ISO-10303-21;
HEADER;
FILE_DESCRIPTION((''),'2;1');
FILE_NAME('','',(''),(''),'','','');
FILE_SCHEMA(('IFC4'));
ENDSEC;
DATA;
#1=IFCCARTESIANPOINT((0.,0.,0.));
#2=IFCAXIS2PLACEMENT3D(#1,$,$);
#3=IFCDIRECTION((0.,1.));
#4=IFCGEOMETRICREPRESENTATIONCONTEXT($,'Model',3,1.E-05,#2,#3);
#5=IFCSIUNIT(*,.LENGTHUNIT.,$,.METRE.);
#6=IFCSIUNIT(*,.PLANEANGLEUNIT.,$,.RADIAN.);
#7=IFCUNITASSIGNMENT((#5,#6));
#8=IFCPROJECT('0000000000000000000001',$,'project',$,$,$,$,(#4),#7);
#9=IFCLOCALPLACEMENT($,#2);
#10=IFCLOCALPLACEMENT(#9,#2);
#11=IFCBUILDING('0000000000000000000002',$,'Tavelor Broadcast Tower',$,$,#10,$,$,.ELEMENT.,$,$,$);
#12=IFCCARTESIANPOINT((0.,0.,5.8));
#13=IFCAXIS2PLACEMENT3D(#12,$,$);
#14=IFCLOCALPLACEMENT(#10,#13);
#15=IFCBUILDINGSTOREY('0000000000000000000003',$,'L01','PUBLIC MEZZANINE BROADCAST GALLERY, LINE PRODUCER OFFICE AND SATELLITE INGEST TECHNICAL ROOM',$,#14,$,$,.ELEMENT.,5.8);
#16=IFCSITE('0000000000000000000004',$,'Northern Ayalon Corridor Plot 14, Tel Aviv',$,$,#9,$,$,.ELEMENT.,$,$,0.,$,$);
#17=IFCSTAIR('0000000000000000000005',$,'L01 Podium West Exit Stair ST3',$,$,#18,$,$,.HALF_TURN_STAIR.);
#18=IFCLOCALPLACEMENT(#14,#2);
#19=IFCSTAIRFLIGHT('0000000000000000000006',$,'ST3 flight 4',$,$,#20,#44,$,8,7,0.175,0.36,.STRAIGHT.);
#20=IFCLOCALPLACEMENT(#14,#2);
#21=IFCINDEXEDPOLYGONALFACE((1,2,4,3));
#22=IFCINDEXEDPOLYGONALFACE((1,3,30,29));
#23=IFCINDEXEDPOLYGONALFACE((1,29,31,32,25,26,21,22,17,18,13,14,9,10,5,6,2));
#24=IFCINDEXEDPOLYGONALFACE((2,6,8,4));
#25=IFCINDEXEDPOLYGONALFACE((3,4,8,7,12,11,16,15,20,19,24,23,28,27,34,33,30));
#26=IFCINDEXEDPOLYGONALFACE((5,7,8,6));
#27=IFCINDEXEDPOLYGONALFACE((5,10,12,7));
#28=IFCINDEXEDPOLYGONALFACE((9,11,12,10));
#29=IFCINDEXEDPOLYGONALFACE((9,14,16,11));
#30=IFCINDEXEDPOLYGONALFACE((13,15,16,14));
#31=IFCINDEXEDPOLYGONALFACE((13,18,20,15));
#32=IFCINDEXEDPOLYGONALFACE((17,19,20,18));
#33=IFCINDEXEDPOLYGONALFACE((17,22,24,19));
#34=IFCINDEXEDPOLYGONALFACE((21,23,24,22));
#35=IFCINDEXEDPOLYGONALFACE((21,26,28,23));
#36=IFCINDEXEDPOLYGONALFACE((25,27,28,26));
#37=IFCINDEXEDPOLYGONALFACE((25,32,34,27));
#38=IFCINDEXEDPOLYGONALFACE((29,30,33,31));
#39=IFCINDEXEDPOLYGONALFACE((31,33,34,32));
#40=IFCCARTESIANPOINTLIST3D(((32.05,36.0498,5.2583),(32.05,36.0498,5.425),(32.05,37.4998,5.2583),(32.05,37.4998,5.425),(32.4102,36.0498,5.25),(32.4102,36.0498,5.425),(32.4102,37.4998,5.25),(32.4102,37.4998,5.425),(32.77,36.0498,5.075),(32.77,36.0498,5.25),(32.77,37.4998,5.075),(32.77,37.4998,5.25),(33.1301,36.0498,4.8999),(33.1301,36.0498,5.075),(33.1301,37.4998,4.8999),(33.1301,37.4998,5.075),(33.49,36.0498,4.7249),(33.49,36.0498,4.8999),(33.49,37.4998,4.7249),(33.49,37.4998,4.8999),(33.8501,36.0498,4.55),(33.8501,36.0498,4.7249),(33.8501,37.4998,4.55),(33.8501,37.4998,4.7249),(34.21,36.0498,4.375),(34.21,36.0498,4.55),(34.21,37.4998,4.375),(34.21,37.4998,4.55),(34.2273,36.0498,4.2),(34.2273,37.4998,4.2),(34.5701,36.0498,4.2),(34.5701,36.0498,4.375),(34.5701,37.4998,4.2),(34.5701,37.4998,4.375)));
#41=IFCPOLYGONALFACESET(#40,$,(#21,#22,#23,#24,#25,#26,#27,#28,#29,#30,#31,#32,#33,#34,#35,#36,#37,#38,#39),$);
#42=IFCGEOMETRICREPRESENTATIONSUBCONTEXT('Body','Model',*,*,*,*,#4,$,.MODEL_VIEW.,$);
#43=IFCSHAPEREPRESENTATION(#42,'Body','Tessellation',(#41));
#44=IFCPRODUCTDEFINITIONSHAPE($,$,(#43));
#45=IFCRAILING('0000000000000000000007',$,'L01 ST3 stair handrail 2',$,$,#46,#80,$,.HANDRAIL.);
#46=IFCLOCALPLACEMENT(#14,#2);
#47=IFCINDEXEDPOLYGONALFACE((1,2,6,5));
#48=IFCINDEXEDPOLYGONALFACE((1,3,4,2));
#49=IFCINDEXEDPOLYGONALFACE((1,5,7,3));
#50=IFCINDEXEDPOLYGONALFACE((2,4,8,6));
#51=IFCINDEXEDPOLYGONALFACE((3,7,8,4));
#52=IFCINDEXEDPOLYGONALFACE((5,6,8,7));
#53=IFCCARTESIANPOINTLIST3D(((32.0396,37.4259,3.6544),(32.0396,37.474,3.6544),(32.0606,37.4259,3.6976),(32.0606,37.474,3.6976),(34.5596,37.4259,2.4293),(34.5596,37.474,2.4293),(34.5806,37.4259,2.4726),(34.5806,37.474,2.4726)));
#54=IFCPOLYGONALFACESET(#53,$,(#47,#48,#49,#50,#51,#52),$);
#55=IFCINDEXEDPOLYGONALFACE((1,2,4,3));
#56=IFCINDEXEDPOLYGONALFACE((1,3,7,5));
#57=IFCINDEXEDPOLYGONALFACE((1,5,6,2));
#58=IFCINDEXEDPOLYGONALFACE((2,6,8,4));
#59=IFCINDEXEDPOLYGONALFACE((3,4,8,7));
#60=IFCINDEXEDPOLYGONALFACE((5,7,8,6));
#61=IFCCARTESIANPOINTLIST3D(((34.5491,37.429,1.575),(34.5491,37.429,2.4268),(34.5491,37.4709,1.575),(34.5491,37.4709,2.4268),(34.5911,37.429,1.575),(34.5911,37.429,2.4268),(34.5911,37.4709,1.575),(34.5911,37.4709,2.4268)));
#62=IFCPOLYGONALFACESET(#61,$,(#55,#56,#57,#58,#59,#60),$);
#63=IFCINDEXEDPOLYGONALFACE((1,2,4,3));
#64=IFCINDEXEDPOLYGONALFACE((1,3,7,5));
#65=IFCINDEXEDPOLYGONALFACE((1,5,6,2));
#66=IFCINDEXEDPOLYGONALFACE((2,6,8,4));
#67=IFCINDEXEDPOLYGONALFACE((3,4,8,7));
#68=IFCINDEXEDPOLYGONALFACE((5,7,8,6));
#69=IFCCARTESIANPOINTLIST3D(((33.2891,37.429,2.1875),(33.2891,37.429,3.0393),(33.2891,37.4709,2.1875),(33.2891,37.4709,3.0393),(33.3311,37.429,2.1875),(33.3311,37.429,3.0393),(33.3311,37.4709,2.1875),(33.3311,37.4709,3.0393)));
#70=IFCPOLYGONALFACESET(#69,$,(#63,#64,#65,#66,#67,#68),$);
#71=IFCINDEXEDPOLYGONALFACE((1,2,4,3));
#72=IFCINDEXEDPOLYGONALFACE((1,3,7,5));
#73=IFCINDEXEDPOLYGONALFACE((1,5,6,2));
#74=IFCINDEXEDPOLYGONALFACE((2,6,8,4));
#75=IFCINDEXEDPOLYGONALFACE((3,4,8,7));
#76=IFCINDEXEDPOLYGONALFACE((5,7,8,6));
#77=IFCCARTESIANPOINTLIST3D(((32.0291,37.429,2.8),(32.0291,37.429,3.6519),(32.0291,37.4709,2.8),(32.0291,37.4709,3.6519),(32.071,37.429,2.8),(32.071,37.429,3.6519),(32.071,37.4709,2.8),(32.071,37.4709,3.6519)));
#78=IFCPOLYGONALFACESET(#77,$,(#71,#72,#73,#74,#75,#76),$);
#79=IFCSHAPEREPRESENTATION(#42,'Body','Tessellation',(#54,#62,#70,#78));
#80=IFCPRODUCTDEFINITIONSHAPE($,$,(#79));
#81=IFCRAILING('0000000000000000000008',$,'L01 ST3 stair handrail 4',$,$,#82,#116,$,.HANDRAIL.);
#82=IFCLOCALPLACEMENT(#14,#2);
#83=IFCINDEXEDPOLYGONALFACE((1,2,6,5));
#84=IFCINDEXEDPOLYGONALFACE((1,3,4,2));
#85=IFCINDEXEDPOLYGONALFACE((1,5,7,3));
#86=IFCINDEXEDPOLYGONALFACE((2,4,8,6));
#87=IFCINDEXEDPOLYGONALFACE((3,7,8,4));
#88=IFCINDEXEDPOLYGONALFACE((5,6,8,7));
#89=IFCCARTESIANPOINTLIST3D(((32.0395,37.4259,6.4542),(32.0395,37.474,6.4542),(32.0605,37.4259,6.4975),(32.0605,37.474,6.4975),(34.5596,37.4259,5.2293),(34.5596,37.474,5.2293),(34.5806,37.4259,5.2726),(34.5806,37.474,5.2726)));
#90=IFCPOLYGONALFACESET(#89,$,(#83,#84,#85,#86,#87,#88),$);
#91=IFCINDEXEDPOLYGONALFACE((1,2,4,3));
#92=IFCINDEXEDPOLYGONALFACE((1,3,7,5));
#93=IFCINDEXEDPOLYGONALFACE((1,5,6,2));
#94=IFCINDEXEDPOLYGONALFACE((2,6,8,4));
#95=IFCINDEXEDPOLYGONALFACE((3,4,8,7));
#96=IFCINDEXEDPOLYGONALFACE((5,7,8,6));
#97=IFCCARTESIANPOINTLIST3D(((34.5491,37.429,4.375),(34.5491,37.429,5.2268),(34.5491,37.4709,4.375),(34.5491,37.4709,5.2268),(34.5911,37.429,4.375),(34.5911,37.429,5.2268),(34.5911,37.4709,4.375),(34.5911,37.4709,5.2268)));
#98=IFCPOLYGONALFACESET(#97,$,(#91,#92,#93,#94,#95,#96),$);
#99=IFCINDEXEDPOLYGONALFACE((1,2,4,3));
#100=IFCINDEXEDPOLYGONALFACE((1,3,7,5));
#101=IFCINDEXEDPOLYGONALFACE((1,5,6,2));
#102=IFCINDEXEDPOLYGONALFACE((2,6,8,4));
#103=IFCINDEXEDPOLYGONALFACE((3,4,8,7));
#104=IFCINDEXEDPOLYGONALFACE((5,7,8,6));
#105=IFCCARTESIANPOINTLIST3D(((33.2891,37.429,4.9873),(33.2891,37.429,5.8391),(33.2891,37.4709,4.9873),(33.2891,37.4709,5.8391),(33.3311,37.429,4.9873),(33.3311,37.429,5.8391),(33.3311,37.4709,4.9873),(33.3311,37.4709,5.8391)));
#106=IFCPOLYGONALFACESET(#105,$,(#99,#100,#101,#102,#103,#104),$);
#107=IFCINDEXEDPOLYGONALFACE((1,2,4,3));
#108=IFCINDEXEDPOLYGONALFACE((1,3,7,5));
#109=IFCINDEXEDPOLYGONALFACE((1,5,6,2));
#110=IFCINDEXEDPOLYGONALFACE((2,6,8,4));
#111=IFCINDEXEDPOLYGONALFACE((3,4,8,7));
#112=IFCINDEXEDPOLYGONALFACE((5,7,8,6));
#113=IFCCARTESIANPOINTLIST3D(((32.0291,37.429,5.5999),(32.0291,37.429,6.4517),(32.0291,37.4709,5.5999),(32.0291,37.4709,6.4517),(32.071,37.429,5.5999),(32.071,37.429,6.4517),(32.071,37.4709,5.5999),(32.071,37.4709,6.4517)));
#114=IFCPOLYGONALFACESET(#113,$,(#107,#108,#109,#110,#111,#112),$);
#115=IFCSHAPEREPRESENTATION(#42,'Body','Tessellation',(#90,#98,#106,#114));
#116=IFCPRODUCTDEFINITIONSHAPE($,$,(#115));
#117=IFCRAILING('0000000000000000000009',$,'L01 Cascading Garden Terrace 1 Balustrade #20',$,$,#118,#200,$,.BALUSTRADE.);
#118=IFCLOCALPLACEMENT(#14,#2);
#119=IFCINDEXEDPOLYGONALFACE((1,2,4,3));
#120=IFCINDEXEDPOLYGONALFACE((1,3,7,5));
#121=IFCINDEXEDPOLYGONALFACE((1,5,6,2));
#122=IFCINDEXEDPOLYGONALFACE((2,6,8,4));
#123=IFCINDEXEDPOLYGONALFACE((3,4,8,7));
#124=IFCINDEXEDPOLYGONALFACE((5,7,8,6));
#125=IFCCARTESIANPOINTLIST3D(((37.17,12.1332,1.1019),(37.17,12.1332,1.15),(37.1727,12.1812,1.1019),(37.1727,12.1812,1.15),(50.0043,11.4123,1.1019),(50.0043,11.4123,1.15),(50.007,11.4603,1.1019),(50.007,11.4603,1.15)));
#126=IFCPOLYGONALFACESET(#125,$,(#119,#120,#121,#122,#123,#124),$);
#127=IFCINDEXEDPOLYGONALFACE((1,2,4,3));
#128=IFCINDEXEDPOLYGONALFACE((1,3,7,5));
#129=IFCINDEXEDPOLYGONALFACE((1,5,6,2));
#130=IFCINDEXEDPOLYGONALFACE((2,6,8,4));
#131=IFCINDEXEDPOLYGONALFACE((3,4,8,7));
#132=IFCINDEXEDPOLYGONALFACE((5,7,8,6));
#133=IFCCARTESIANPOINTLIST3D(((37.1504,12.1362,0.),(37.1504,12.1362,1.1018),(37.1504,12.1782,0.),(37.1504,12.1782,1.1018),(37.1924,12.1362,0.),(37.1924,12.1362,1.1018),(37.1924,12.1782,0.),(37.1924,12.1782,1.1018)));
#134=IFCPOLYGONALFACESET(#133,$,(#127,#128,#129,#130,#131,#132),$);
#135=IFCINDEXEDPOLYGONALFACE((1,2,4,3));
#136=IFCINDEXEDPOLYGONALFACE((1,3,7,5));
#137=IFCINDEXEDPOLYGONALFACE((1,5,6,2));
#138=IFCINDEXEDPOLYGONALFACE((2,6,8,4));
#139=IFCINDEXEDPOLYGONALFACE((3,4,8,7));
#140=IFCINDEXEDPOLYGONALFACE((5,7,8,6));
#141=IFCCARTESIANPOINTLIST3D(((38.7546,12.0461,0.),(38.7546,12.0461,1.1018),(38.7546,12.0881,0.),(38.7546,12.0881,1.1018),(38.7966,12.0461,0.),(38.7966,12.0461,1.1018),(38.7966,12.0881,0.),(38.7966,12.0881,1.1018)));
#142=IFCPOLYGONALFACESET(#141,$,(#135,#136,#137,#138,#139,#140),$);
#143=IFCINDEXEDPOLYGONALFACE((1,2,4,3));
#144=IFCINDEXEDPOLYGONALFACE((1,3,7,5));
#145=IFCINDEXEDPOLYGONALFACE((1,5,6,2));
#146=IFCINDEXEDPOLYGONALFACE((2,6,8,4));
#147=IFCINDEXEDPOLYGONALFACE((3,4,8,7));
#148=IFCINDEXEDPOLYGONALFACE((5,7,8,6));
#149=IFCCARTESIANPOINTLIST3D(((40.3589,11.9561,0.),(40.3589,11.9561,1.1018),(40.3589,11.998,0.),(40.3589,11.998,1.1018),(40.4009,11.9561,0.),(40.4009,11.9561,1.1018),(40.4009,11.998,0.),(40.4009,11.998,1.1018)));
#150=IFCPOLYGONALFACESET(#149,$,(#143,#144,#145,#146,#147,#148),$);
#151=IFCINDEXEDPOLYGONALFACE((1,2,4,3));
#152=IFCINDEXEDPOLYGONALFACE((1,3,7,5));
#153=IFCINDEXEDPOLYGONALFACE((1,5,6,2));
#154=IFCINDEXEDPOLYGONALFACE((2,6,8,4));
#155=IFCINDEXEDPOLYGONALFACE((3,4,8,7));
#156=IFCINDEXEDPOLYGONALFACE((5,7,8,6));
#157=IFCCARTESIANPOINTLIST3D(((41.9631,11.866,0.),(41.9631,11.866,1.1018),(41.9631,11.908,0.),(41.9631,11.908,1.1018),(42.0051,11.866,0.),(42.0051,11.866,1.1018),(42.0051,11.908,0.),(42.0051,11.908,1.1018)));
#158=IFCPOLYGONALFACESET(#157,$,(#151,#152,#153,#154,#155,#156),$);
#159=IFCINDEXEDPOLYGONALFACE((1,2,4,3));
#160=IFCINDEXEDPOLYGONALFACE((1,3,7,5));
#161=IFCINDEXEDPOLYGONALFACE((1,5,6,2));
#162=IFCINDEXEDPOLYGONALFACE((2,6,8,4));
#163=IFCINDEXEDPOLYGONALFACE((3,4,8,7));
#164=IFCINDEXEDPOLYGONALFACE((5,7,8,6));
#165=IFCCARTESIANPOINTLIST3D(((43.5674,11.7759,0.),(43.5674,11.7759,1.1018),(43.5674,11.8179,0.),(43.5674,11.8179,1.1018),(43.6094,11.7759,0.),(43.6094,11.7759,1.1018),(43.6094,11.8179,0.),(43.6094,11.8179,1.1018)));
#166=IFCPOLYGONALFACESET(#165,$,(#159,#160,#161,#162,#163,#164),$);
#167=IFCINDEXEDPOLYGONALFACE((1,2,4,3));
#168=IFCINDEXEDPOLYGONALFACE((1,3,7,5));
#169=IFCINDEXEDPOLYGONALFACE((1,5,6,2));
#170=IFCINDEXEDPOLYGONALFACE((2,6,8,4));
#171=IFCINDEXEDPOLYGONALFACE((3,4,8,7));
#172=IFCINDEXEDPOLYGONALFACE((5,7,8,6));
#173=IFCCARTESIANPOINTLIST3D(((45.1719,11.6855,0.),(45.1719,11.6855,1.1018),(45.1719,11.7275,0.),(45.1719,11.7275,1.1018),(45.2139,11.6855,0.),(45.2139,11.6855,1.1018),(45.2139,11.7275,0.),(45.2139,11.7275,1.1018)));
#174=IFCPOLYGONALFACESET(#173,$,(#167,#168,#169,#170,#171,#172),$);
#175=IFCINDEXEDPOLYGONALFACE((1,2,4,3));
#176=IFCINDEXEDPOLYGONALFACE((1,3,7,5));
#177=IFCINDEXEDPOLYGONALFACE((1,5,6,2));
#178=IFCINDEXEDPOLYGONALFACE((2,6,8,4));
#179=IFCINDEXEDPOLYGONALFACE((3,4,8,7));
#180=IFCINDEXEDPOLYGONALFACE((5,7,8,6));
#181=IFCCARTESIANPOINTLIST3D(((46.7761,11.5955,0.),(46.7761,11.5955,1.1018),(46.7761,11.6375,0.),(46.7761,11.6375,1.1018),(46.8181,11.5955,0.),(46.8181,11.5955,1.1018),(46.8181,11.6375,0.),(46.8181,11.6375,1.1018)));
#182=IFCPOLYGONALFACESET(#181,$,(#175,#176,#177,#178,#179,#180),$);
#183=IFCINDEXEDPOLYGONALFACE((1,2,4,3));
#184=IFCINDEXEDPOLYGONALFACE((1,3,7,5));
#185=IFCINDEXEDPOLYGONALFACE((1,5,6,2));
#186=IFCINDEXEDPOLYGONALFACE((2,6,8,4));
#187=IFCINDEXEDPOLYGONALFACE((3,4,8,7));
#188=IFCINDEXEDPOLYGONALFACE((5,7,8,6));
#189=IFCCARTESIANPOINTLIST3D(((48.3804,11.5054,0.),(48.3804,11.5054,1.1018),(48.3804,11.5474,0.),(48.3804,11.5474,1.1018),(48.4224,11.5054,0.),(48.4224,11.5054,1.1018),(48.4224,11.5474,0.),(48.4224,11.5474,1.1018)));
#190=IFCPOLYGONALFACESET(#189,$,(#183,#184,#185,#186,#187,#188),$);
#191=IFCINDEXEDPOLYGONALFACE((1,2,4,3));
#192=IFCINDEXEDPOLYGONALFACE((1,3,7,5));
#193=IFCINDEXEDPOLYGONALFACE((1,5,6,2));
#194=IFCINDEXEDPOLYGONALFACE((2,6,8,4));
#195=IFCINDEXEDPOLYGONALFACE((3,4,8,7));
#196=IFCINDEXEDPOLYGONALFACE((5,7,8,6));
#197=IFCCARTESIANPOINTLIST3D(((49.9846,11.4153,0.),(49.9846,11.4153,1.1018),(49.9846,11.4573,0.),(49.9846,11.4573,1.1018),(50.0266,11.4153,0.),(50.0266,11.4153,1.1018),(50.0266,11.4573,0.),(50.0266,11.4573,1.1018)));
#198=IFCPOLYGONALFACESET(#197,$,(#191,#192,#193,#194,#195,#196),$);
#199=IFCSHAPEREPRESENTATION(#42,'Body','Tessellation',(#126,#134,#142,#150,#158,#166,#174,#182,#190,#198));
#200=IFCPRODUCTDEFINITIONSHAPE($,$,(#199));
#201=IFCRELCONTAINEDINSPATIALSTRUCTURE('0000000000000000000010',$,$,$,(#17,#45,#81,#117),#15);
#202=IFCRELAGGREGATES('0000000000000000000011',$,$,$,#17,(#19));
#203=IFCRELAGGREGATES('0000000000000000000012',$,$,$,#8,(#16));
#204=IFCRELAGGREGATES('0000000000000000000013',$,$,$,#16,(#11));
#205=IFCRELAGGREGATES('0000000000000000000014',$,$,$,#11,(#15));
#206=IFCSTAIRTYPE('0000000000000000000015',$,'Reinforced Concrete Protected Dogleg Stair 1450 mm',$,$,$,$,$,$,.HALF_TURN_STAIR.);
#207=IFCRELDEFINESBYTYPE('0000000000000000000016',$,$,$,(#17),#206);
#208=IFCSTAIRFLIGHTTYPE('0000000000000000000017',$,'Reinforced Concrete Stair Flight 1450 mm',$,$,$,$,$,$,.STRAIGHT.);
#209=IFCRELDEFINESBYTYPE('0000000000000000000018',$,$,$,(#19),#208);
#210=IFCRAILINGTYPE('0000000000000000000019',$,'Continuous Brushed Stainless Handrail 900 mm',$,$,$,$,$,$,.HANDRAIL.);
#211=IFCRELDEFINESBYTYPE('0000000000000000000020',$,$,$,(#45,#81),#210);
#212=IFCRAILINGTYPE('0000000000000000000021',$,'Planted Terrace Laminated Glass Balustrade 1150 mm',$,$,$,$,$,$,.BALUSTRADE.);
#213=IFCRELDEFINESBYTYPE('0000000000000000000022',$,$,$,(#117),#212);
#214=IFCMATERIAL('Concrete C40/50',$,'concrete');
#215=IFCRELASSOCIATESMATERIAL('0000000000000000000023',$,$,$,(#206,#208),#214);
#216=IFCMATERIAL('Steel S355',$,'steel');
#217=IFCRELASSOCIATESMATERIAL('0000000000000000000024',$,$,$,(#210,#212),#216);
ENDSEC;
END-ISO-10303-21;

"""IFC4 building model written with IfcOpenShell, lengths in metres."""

from ifc_helpers import new_model, si_unit, direction, frame, origin, origin_2d, place, context, subcontext, project, spatial, polyline, rectangle, outline, extrude, material, type_object, element, aggregate, save


model = new_model("IFC4")

# Units and contexts
model_context = context("Model", 3, precision=1e-05, world=origin(), true_north=direction((0.0, 1.0)))
body_context = subcontext(model_context, "Body", "Model", "MODEL_VIEW")
ifc_project = project(units=[si_unit("LENGTHUNIT", "METRE"), si_unit("PLANEANGLEUNIT", "RADIAN")], contexts=[model_context])

# Site, building, storey
site_placement = place(None, origin())
site = spatial("IfcSite", under=ifc_project, at=site_placement, Name="Northern Ayalon Corridor Plot 14, Tel Aviv", CompositionType="ELEMENT", RefElevation=0.0)
building_placement = place(site_placement, origin())
building = spatial("IfcBuilding", under=site, at=building_placement, Name="Tavelor Broadcast Tower", CompositionType="ELEMENT")
storey_placement = place(building_placement, frame((0.0, 0.0, 5.8)))
storey = spatial("IfcBuildingStorey", under=building, at=storey_placement, Name="L01", Description="PUBLIC MEZZANINE BROADCAST GALLERY, LINE PRODUCER OFFICE AND SATELLITE INGEST TECHNICAL ROOM", CompositionType="ELEMENT", Elevation=5.8)

# Shared definitions
ifc_material_1 = material(Name="Steel S355", Category="steel")

# Shared definitions
ifc_material_2 = material(Name="Concrete C40/50", Category="concrete")

# Stair, stair flight
stair_type = type_object("IfcStairType", Name="Reinforced Concrete Protected Dogleg Stair 1450 mm", PredefinedType="HALF_TURN_STAIR", material=ifc_material_2)
stair_placement = place(storey_placement, origin())
stair = element("IfcStair", 1, at=stair_placement, inside=storey, type_object=stair_type, Name="L01 Podium West Exit Stair ST3", PredefinedType="HALF_TURN_STAIR")
stair_flight_type = type_object("IfcStairFlightType", Name="Reinforced Concrete Stair Flight 1450 mm", PredefinedType="STRAIGHT", material=ifc_material_2)
stair_flight_1_placement = place(storey_placement, frame((34.5701, 36.7749, 4.2), z_axis=(0.0, 0.0, 1.0), x_axis=(-1.0, 0.0, 0.0)))
stair_flight_1 = element("IfcStairFlight", 2, at=stair_flight_1_placement, type_object=stair_flight_type, Name="ST3 flight 4", NumberOfRisers=8, NumberOfTreads=7, PredefinedType="STRAIGHT", RiserHeight=0.175, TreadLength=0.36, context=body_context, shape_type="SweptSolid", body=[
    extrude(outline(polyline([(0.0, 0.0), (0.0, 0.175), (0.3601, 0.175), (0.3601, 0.3501), (0.72, 0.3501), (0.72, 0.5249), (1.0801, 0.5249), (1.0801, 0.7), (1.4399, 0.7), (1.4399, 0.875), (1.8, 0.875), (1.8, 1.05), (2.1599, 1.05), (2.1599, 1.2251), (2.52, 1.2251), (2.52, 1.3999), (2.52, 1.0583), (0.3428, 0.0), (0.0, 0.0)])), frame((0.0, 0.7251, 0.0), z_axis=(0.0, -1.0, 0.0), x_axis=(1.0, 0.0, 0.0)), (0.0, 0.0, 1.0), 1.45),
])
aggregate(stair, [stair_flight_1])

# Railings
railing_type_1 = type_object("IfcRailingType", Name="Continuous Brushed Stainless Handrail 900 mm", PredefinedType="HANDRAIL", material=ifc_material_1)
railing_1_placement = place(storey_placement, frame((34.5701, 37.45, 1.575)))
element("IfcRailing", 3, at=railing_1_placement, inside=storey, type_object=railing_type_1, Name="L01 ST3 stair handrail 2", PredefinedType="HANDRAIL", context=body_context, shape_type="SweptSolid", body=[
    extrude(rectangle(XDim=0.0481, YDim=0.0481, at=origin_2d()), frame((0.0, 0.0, 0.876), z_axis=(-0.899355, 0.0, 0.437218), x_axis=(0.0, -1.0, 0.0)), (0.0, 0.0, 1.0), 2.802),
    extrude(rectangle(XDim=0.042, YDim=0.042, at=origin_2d()), origin(), (0.0, 0.0, 1.0), 0.8518),
    extrude(rectangle(XDim=0.042, YDim=0.042, at=origin_2d()), frame((-1.26, 0.0, 0.6125)), (0.0, 0.0, 1.0), 0.8518),
    extrude(rectangle(XDim=0.042, YDim=0.042, at=origin_2d()), frame((-2.52, 0.0, 1.2251)), (0.0, 0.0, 1.0), 0.8518),
])
railing_2_placement = place(storey_placement, frame((34.5701, 37.45, 4.375)))
element("IfcRailing", 4, at=railing_2_placement, inside=storey, type_object=railing_type_1, Name="L01 ST3 stair handrail 4", PredefinedType="HANDRAIL", context=body_context, shape_type="SweptSolid", body=[
    extrude(rectangle(XDim=0.0481, YDim=0.0481, at=origin_2d()), frame((0.0, 0.0, 0.876), z_axis=(-0.89939, 0.0, 0.437148), x_axis=(0.0, -1.0, 0.0)), (0.0, 0.0, 1.0), 2.802),
    extrude(rectangle(XDim=0.042, YDim=0.042, at=origin_2d()), origin(), (0.0, 0.0, 1.0), 0.8518),
    extrude(rectangle(XDim=0.042, YDim=0.042, at=origin_2d()), frame((-1.26, 0.0, 0.6123)), (0.0, 0.0, 1.0), 0.8518),
    extrude(rectangle(XDim=0.042, YDim=0.042, at=origin_2d()), frame((-2.52, 0.0, 1.2249)), (0.0, 0.0, 1.0), 0.8518),
])
railing_type_2 = type_object("IfcRailingType", Name="Planted Terrace Laminated Glass Balustrade 1150 mm", PredefinedType="BALUSTRADE", material=ifc_material_1)
railing_3_placement = place(storey_placement, frame((37.1714, 12.1572, 0.0)))
element("IfcRailing", 5, at=railing_3_placement, inside=storey, type_object=railing_type_2, Name="L01 Cascading Garden Terrace 1 Balustrade #20", PredefinedType="BALUSTRADE", context=body_context, shape_type="SweptSolid", body=[
    extrude(rectangle(XDim=0.0481, YDim=0.0481, at=origin_2d()), frame((0.0, 0.0, 1.126), z_axis=(0.998426, -0.056085, 0.0), x_axis=(0.056085, 0.998426, 0.0)), (0.0, 0.0, 1.0), 12.8545),
    extrude(rectangle(XDim=0.042, YDim=0.042, at=origin_2d()), origin(), (0.0, 0.0, 1.0), 1.1018),
    extrude(rectangle(XDim=0.042, YDim=0.042, at=origin_2d()), frame((1.6042, -0.0901, 0.0)), (0.0, 0.0, 1.0), 1.1018),
    extrude(rectangle(XDim=0.042, YDim=0.042, at=origin_2d()), frame((3.2085, -0.1802, 0.0)), (0.0, 0.0, 1.0), 1.1018),
    extrude(rectangle(XDim=0.042, YDim=0.042, at=origin_2d()), frame((4.8127, -0.2703, 0.0)), (0.0, 0.0, 1.0), 1.1018),
    extrude(rectangle(XDim=0.042, YDim=0.042, at=origin_2d()), frame((6.417, -0.3604, 0.0)), (0.0, 0.0, 1.0), 1.1018),
    extrude(rectangle(XDim=0.042, YDim=0.042, at=origin_2d()), frame((8.0215, -0.4507, 0.0)), (0.0, 0.0, 1.0), 1.1018),
    extrude(rectangle(XDim=0.042, YDim=0.042, at=origin_2d()), frame((9.6257, -0.5408, 0.0)), (0.0, 0.0, 1.0), 1.1018),
    extrude(rectangle(XDim=0.042, YDim=0.042, at=origin_2d()), frame((11.23, -0.6309, 0.0)), (0.0, 0.0, 1.0), 1.1018),
    extrude(rectangle(XDim=0.042, YDim=0.042, at=origin_2d()), frame((12.8342, -0.7209, 0.0)), (0.0, 0.0, 1.0), 1.1018),
])

save(model, "model.ifc")
